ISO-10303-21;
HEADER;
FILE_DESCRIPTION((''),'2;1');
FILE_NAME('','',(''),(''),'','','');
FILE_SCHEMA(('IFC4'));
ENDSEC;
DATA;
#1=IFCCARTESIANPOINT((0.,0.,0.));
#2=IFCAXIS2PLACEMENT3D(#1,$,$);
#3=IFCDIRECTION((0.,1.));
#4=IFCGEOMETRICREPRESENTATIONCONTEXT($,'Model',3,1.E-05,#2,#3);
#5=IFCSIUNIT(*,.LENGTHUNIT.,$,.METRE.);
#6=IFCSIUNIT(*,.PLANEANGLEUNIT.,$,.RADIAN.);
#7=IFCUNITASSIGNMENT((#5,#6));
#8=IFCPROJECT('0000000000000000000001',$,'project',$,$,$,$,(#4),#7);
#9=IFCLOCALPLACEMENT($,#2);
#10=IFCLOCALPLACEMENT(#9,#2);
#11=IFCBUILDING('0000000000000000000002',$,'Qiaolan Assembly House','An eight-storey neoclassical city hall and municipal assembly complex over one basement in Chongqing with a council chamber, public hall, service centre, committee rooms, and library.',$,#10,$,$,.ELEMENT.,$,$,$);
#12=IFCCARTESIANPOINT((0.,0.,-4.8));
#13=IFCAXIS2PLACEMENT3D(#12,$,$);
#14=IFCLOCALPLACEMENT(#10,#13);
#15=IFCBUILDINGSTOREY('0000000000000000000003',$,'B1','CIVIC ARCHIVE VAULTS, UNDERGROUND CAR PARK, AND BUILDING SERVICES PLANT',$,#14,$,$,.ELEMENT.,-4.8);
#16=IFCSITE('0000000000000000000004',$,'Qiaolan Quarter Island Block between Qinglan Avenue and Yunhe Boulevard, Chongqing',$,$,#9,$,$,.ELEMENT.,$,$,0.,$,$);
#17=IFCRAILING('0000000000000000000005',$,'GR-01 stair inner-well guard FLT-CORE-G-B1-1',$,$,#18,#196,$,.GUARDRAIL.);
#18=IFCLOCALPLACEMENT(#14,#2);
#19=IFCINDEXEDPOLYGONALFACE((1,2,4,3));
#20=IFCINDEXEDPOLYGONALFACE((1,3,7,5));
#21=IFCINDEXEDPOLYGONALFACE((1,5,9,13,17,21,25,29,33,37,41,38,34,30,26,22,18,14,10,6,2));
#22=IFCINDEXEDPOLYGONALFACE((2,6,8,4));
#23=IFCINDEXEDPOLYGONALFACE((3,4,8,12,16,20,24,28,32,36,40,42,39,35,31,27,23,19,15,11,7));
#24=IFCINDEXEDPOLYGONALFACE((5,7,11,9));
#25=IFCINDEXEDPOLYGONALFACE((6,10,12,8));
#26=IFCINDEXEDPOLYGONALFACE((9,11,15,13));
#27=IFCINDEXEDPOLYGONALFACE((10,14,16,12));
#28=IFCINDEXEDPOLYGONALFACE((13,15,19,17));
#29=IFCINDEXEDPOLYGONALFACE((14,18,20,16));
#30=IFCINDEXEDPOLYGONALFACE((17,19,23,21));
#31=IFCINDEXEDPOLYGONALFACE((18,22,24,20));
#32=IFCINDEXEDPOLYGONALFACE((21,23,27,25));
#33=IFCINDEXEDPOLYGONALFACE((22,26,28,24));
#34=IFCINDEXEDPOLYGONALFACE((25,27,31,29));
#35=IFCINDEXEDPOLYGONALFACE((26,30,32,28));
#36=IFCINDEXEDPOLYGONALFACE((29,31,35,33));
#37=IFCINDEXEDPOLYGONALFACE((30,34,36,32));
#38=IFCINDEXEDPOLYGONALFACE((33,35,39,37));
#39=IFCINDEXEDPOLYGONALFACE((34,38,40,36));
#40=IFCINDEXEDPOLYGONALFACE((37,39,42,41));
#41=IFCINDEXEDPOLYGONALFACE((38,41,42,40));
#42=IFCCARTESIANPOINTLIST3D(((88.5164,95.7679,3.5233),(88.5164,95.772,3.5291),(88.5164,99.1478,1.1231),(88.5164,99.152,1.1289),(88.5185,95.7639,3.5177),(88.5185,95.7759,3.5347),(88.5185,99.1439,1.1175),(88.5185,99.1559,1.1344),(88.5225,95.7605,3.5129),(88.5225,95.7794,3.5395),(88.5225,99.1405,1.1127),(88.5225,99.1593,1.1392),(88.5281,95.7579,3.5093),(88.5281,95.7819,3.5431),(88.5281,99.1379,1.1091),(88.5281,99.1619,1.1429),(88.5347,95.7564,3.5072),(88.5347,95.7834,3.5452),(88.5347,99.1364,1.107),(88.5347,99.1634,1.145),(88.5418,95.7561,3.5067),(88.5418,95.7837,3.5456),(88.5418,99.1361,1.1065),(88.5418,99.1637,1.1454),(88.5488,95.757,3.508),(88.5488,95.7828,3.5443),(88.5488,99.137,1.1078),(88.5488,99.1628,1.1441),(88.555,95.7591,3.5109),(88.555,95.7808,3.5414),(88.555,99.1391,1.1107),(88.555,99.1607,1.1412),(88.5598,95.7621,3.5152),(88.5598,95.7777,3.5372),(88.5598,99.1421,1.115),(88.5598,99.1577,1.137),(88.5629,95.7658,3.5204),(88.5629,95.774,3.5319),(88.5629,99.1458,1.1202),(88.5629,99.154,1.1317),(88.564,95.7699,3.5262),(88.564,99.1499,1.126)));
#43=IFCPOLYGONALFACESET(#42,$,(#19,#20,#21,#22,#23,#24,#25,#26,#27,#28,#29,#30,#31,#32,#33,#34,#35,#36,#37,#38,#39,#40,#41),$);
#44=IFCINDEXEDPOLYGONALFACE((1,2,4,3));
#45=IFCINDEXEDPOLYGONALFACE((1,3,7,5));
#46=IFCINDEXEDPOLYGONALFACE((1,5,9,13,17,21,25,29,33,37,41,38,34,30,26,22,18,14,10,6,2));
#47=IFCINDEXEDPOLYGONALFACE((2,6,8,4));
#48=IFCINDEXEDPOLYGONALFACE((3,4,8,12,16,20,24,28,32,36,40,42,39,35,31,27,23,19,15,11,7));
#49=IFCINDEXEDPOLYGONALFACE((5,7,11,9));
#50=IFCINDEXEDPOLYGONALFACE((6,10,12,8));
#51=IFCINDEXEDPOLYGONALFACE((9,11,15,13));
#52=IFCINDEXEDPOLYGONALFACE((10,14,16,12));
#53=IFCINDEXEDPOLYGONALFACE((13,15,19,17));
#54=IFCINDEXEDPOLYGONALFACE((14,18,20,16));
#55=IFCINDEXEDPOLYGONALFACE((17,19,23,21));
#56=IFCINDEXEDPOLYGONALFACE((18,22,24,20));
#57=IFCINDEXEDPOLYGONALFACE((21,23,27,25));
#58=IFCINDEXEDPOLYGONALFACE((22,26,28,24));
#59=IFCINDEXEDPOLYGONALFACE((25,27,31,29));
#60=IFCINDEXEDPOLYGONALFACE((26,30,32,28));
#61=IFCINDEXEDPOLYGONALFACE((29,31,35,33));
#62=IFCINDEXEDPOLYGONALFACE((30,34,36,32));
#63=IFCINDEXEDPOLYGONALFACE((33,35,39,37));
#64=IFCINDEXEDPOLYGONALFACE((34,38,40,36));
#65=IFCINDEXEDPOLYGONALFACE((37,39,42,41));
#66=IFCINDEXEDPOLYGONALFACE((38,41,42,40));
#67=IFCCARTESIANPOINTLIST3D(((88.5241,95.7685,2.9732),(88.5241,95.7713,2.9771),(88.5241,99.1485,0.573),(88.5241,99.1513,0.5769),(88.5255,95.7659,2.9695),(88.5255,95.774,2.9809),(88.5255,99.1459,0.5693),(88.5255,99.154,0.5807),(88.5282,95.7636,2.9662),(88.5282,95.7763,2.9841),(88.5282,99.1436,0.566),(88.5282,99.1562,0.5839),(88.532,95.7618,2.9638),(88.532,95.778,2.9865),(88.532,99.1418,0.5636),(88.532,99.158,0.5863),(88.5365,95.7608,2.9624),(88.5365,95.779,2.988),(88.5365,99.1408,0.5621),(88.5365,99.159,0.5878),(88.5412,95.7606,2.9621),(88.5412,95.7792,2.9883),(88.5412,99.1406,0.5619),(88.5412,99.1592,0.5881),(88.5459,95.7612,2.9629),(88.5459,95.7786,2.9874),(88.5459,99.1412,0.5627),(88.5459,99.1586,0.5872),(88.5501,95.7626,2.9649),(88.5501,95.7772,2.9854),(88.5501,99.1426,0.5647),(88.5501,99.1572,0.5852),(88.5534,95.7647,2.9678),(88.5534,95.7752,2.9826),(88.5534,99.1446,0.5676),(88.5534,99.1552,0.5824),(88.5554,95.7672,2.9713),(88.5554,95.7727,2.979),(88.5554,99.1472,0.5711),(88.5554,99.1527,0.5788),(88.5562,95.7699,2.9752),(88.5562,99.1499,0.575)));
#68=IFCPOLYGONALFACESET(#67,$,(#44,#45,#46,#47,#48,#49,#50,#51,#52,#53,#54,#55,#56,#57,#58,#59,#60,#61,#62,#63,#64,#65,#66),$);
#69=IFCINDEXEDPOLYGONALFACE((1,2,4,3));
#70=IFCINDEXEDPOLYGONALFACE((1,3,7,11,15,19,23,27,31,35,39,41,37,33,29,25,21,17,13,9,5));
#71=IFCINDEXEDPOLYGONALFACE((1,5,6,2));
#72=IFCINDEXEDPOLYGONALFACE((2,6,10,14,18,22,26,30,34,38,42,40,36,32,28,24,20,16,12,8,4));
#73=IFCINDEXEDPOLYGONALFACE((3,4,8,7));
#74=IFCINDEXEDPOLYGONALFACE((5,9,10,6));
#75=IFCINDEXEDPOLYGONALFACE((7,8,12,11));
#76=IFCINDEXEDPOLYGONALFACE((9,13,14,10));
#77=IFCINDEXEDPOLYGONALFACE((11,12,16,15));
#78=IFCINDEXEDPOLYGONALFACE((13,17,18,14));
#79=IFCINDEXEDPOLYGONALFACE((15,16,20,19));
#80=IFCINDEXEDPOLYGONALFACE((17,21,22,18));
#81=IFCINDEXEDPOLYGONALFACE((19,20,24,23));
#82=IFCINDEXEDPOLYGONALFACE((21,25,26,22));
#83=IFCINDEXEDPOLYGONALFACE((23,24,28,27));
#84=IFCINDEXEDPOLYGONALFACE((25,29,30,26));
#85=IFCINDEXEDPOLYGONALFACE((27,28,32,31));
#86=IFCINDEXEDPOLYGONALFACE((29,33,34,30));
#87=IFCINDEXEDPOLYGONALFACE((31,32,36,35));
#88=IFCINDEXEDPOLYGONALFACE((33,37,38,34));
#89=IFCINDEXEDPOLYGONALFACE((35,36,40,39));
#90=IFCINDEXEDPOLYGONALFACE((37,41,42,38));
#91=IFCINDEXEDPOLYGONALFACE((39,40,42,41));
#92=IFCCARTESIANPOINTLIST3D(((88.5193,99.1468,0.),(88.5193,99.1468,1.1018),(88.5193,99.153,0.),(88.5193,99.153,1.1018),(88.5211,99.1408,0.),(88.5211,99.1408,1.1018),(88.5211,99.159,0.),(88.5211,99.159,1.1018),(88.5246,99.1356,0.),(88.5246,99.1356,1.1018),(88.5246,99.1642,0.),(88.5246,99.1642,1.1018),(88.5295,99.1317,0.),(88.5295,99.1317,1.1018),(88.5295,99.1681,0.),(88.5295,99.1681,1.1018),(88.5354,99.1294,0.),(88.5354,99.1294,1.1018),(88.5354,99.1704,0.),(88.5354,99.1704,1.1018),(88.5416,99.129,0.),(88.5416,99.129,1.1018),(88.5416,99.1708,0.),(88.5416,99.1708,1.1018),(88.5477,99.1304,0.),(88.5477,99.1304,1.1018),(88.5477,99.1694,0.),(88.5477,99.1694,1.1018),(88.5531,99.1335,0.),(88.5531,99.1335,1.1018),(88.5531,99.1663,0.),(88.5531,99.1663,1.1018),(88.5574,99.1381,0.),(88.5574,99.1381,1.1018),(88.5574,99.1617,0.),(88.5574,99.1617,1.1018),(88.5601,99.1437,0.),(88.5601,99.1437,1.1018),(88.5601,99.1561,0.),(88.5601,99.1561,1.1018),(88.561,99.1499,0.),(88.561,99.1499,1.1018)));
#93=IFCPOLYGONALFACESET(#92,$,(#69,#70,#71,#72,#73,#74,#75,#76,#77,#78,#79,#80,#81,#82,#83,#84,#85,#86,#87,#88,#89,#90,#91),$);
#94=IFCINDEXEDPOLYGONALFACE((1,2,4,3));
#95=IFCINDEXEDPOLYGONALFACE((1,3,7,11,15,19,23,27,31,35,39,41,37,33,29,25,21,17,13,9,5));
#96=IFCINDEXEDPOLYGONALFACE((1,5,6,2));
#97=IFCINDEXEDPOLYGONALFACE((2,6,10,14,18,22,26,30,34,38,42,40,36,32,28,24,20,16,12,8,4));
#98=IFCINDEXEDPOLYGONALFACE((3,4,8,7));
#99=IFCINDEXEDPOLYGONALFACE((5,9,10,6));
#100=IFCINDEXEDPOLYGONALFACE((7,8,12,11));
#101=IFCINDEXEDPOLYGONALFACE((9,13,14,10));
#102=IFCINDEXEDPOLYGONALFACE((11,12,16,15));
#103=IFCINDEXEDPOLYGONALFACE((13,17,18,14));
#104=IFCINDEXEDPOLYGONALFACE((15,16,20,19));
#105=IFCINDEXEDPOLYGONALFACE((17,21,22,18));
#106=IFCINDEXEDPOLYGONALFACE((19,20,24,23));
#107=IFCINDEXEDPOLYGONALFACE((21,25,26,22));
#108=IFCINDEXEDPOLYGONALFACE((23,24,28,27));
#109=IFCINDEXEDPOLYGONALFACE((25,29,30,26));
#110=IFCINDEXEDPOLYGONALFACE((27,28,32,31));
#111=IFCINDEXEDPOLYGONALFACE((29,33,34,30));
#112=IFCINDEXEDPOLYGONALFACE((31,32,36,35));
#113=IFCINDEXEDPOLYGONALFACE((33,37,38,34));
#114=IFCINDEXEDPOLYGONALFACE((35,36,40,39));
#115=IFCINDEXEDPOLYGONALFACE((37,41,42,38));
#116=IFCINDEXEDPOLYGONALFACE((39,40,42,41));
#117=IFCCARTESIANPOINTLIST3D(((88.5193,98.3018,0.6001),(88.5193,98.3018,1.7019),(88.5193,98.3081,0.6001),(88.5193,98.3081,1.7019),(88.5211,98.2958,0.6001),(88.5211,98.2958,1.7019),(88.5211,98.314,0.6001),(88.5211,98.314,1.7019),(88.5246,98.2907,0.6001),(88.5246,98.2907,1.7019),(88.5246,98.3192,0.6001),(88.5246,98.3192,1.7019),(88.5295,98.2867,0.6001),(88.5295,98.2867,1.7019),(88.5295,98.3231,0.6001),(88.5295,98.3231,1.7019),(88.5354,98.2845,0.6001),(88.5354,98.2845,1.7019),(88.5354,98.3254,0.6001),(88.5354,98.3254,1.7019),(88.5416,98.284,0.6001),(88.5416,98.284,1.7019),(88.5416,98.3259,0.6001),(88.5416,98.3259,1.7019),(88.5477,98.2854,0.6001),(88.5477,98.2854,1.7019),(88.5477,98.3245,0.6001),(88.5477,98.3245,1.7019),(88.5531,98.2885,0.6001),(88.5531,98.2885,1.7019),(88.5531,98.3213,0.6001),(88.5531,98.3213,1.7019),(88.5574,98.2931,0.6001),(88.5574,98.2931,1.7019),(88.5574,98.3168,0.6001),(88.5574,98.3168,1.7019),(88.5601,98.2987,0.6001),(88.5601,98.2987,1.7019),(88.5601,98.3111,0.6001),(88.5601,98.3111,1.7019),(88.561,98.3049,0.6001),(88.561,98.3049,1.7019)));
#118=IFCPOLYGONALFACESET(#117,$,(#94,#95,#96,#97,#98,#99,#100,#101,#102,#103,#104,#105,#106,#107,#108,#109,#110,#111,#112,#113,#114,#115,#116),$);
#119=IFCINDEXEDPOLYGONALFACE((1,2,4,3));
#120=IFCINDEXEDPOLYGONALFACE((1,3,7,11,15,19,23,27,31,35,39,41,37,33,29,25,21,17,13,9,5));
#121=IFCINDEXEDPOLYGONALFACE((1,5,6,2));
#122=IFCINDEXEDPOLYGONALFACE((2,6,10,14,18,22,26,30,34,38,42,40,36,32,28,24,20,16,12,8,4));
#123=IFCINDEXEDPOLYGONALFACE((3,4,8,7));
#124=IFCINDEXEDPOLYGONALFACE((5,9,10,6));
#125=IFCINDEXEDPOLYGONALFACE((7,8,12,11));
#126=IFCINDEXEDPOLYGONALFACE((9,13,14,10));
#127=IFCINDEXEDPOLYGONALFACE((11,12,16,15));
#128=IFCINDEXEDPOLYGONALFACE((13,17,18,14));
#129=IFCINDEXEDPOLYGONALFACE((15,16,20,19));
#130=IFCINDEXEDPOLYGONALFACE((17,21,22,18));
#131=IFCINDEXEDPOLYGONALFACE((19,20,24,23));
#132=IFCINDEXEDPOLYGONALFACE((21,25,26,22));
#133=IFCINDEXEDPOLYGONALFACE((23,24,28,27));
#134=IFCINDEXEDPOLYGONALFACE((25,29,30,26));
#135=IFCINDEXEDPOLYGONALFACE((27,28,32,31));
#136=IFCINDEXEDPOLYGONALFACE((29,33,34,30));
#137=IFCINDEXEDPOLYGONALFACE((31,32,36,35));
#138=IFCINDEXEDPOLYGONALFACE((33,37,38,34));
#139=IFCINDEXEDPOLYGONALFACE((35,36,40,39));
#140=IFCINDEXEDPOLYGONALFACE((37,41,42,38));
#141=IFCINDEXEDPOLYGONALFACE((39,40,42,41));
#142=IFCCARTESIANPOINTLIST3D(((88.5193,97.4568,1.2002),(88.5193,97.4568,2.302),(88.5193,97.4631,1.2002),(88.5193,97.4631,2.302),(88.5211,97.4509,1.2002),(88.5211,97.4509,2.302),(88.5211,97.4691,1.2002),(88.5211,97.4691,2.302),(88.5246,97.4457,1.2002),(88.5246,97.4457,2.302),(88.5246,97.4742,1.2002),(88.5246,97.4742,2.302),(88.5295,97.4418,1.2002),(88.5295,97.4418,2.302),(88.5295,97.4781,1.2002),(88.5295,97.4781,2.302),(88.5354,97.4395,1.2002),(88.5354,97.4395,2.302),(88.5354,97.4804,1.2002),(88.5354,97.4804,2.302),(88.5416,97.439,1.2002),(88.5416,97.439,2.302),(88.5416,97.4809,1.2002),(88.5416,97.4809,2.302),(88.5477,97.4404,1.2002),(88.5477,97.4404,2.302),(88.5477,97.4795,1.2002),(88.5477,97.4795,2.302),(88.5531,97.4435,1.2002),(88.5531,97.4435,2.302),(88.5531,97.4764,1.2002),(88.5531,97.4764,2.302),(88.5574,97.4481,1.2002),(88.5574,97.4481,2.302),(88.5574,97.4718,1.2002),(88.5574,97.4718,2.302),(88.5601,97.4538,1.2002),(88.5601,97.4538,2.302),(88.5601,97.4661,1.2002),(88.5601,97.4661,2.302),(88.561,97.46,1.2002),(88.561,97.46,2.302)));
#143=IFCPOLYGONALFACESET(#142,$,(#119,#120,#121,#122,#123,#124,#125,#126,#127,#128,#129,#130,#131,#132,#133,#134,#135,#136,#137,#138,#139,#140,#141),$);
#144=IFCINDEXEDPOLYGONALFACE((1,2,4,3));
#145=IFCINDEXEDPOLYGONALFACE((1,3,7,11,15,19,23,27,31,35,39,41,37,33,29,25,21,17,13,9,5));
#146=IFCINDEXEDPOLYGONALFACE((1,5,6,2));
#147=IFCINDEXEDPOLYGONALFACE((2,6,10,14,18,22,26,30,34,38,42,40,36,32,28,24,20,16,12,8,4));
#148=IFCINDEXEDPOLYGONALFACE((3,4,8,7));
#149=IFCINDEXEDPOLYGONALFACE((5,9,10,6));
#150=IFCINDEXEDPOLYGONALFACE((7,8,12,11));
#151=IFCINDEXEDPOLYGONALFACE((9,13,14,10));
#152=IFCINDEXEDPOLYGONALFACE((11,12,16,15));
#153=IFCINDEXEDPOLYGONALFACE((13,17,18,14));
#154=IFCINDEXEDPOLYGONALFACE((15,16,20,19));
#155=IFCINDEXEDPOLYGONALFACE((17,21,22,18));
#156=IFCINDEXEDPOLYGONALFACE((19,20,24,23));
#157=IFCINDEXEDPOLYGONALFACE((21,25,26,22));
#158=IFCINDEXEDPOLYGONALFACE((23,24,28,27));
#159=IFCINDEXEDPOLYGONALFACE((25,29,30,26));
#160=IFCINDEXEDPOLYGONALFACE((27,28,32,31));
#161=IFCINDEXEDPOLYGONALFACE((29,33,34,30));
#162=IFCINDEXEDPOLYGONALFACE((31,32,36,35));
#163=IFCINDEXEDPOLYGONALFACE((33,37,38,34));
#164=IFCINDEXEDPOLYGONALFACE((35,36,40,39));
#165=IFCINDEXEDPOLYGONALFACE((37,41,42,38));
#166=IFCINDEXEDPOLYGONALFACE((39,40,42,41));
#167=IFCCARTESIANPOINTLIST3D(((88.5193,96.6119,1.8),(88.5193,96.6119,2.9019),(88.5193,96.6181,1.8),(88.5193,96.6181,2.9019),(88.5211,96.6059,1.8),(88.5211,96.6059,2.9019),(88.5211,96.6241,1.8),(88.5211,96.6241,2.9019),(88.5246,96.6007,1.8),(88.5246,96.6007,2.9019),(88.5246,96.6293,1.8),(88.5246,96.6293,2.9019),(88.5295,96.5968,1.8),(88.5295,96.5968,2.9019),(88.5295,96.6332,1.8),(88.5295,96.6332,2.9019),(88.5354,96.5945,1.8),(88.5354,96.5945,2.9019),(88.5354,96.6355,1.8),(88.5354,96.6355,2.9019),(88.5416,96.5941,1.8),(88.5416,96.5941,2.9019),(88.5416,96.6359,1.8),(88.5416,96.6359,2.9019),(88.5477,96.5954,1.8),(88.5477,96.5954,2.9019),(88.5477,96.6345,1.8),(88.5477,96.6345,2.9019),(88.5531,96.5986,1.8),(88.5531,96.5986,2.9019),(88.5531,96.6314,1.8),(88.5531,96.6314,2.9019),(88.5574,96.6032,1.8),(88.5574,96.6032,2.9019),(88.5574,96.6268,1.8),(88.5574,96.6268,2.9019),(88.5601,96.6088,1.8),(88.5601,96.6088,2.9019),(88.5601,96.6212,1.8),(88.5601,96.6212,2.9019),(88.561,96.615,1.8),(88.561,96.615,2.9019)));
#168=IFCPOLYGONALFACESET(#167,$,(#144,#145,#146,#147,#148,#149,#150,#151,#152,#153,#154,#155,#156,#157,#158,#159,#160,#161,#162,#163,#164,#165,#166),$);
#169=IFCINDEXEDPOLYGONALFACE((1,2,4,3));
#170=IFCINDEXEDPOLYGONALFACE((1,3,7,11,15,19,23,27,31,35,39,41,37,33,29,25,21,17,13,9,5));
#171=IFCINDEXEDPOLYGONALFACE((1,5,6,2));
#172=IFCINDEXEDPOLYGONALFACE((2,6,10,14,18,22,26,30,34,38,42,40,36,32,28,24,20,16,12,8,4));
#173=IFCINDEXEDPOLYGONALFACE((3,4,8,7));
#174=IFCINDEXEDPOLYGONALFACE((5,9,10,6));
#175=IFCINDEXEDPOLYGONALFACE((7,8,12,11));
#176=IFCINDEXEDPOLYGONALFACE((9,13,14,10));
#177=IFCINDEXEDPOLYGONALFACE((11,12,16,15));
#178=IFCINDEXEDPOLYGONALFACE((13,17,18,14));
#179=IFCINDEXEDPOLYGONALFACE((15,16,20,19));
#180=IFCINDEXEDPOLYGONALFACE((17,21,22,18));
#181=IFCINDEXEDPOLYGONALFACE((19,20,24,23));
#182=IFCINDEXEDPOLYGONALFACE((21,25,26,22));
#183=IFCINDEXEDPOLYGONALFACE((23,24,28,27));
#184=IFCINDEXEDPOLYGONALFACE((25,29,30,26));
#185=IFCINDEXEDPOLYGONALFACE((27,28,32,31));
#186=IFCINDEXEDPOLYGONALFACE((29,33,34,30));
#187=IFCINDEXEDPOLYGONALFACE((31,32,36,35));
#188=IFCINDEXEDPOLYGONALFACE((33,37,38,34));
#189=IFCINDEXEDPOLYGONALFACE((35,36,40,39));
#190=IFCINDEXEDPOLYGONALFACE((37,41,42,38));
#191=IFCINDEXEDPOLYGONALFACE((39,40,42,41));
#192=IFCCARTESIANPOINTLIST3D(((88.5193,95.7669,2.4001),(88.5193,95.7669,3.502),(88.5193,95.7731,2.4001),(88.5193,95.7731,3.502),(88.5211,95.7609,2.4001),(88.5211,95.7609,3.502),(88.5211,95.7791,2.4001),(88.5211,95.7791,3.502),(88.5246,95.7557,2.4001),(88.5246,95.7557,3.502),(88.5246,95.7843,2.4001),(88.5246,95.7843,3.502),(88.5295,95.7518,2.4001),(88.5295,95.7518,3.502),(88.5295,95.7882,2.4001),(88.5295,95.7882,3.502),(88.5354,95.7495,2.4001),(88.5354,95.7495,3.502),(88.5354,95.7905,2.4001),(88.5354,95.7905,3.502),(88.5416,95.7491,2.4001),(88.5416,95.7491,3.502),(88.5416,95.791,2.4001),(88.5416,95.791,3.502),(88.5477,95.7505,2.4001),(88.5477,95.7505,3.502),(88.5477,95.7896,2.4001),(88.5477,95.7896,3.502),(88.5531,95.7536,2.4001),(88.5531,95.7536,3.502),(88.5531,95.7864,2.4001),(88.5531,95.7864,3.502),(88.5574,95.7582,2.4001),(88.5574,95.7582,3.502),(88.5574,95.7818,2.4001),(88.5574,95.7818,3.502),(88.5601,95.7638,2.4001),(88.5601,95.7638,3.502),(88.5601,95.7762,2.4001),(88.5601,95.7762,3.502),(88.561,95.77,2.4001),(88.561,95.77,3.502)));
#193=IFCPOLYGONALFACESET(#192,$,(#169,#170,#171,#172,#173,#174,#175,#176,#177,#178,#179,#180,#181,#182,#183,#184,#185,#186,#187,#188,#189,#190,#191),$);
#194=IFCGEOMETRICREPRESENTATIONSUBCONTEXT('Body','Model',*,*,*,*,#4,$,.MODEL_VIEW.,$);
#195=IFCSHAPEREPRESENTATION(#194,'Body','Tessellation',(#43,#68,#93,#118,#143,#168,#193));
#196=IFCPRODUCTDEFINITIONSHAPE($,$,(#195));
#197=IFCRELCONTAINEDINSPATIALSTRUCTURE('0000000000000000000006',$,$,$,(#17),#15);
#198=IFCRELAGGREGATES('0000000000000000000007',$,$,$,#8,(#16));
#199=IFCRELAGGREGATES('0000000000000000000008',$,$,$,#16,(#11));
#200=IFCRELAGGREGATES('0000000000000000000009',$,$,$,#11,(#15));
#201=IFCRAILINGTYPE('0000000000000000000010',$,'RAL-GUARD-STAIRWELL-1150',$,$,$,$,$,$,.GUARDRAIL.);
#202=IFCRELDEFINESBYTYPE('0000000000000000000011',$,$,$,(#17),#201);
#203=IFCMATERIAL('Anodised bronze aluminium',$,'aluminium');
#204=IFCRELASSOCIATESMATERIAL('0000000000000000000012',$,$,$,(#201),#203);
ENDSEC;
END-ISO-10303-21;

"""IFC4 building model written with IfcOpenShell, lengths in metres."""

from ifc_helpers import new_model, si_unit, direction, frame, origin, origin_2d, place, context, subcontext, project, spatial, circle, extrude, material, type_object, element, save


model = new_model("IFC4")

# Units and contexts
model_context = context("Model", 3, precision=1e-05, world=origin(), true_north=direction((0.0, 1.0)))
body_context = subcontext(model_context, "Body", "Model", "MODEL_VIEW")
ifc_project = project(units=[si_unit("LENGTHUNIT", "METRE"), si_unit("PLANEANGLEUNIT", "RADIAN")], contexts=[model_context])

# Site, building, storey
site_placement = place(None, origin())
site = spatial("IfcSite", under=ifc_project, at=site_placement, Name="Qiaolan Quarter Island Block between Qinglan Avenue and Yunhe Boulevard, Chongqing", CompositionType="ELEMENT", RefElevation=0.0)
building_placement = place(site_placement, origin())
building = spatial("IfcBuilding", under=site, at=building_placement, Name="Qiaolan Assembly House", Description="An eight-storey neoclassical city hall and municipal assembly complex over one basement in Chongqing with a council chamber, public hall, service centre, committee rooms, and library.", CompositionType="ELEMENT")
storey_placement = place(building_placement, frame((0.0, 0.0, -4.8)))
storey = spatial("IfcBuildingStorey", under=building, at=storey_placement, Name="B1", Description="CIVIC ARCHIVE VAULTS, UNDERGROUND CAR PARK, AND BUILDING SERVICES PLANT", CompositionType="ELEMENT", Elevation=-4.8)

# Shared definitions
ifc_material_1 = material(Name="Anodised bronze aluminium", Category="aluminium")

# Railing
railing_type_1 = type_object("IfcRailingType", Name="RAL-GUARD-STAIRWELL-1150", PredefinedType="GUARDRAIL", material=ifc_material_1)
railing_1_placement = place(storey_placement, frame((88.54, 99.1499, 0.0)))
element("IfcRailing", 1, at=railing_1_placement, inside=storey, type_object=railing_type_1, Name="GR-01 stair inner-well guard FLT-CORE-G-B1-1", PredefinedType="GUARDRAIL", context=body_context, shape_type="SweptSolid", body=[
    extrude(circle(Radius=0.0239, at=origin_2d()), frame((0.0, 0.0, 1.126), z_axis=(0.0, -0.815334, 0.578991), x_axis=(1.0, 0.0, 0.0)), (0.0, 0.0, 1.0), 4.1455),
    extrude(circle(Radius=0.0161, at=origin_2d()), frame((0.0, 0.0, 0.575), z_axis=(0.0, -0.815334, 0.578991), x_axis=(1.0, 0.0, 0.0)), (0.0, 0.0, 1.0), 4.1455),
    extrude(circle(Radius=0.021, at=origin_2d()), origin(), (0.0, 0.0, 1.0), 1.1018),
    extrude(circle(Radius=0.021, at=origin_2d()), frame((0.0, -0.845, 0.6001)), (0.0, 0.0, 1.0), 1.1018),
    extrude(circle(Radius=0.021, at=origin_2d()), frame((0.0, -1.6899, 1.2002)), (0.0, 0.0, 1.0), 1.1018),
    extrude(circle(Radius=0.021, at=origin_2d()), frame((0.0, -2.5349, 1.8)), (0.0, 0.0, 1.0), 1.1018),
    extrude(circle(Radius=0.021, at=origin_2d()), frame((0.0, -3.3799, 2.4001)), (0.0, 0.0, 1.0), 1.1018),
])

save(model, "model.ifc")
